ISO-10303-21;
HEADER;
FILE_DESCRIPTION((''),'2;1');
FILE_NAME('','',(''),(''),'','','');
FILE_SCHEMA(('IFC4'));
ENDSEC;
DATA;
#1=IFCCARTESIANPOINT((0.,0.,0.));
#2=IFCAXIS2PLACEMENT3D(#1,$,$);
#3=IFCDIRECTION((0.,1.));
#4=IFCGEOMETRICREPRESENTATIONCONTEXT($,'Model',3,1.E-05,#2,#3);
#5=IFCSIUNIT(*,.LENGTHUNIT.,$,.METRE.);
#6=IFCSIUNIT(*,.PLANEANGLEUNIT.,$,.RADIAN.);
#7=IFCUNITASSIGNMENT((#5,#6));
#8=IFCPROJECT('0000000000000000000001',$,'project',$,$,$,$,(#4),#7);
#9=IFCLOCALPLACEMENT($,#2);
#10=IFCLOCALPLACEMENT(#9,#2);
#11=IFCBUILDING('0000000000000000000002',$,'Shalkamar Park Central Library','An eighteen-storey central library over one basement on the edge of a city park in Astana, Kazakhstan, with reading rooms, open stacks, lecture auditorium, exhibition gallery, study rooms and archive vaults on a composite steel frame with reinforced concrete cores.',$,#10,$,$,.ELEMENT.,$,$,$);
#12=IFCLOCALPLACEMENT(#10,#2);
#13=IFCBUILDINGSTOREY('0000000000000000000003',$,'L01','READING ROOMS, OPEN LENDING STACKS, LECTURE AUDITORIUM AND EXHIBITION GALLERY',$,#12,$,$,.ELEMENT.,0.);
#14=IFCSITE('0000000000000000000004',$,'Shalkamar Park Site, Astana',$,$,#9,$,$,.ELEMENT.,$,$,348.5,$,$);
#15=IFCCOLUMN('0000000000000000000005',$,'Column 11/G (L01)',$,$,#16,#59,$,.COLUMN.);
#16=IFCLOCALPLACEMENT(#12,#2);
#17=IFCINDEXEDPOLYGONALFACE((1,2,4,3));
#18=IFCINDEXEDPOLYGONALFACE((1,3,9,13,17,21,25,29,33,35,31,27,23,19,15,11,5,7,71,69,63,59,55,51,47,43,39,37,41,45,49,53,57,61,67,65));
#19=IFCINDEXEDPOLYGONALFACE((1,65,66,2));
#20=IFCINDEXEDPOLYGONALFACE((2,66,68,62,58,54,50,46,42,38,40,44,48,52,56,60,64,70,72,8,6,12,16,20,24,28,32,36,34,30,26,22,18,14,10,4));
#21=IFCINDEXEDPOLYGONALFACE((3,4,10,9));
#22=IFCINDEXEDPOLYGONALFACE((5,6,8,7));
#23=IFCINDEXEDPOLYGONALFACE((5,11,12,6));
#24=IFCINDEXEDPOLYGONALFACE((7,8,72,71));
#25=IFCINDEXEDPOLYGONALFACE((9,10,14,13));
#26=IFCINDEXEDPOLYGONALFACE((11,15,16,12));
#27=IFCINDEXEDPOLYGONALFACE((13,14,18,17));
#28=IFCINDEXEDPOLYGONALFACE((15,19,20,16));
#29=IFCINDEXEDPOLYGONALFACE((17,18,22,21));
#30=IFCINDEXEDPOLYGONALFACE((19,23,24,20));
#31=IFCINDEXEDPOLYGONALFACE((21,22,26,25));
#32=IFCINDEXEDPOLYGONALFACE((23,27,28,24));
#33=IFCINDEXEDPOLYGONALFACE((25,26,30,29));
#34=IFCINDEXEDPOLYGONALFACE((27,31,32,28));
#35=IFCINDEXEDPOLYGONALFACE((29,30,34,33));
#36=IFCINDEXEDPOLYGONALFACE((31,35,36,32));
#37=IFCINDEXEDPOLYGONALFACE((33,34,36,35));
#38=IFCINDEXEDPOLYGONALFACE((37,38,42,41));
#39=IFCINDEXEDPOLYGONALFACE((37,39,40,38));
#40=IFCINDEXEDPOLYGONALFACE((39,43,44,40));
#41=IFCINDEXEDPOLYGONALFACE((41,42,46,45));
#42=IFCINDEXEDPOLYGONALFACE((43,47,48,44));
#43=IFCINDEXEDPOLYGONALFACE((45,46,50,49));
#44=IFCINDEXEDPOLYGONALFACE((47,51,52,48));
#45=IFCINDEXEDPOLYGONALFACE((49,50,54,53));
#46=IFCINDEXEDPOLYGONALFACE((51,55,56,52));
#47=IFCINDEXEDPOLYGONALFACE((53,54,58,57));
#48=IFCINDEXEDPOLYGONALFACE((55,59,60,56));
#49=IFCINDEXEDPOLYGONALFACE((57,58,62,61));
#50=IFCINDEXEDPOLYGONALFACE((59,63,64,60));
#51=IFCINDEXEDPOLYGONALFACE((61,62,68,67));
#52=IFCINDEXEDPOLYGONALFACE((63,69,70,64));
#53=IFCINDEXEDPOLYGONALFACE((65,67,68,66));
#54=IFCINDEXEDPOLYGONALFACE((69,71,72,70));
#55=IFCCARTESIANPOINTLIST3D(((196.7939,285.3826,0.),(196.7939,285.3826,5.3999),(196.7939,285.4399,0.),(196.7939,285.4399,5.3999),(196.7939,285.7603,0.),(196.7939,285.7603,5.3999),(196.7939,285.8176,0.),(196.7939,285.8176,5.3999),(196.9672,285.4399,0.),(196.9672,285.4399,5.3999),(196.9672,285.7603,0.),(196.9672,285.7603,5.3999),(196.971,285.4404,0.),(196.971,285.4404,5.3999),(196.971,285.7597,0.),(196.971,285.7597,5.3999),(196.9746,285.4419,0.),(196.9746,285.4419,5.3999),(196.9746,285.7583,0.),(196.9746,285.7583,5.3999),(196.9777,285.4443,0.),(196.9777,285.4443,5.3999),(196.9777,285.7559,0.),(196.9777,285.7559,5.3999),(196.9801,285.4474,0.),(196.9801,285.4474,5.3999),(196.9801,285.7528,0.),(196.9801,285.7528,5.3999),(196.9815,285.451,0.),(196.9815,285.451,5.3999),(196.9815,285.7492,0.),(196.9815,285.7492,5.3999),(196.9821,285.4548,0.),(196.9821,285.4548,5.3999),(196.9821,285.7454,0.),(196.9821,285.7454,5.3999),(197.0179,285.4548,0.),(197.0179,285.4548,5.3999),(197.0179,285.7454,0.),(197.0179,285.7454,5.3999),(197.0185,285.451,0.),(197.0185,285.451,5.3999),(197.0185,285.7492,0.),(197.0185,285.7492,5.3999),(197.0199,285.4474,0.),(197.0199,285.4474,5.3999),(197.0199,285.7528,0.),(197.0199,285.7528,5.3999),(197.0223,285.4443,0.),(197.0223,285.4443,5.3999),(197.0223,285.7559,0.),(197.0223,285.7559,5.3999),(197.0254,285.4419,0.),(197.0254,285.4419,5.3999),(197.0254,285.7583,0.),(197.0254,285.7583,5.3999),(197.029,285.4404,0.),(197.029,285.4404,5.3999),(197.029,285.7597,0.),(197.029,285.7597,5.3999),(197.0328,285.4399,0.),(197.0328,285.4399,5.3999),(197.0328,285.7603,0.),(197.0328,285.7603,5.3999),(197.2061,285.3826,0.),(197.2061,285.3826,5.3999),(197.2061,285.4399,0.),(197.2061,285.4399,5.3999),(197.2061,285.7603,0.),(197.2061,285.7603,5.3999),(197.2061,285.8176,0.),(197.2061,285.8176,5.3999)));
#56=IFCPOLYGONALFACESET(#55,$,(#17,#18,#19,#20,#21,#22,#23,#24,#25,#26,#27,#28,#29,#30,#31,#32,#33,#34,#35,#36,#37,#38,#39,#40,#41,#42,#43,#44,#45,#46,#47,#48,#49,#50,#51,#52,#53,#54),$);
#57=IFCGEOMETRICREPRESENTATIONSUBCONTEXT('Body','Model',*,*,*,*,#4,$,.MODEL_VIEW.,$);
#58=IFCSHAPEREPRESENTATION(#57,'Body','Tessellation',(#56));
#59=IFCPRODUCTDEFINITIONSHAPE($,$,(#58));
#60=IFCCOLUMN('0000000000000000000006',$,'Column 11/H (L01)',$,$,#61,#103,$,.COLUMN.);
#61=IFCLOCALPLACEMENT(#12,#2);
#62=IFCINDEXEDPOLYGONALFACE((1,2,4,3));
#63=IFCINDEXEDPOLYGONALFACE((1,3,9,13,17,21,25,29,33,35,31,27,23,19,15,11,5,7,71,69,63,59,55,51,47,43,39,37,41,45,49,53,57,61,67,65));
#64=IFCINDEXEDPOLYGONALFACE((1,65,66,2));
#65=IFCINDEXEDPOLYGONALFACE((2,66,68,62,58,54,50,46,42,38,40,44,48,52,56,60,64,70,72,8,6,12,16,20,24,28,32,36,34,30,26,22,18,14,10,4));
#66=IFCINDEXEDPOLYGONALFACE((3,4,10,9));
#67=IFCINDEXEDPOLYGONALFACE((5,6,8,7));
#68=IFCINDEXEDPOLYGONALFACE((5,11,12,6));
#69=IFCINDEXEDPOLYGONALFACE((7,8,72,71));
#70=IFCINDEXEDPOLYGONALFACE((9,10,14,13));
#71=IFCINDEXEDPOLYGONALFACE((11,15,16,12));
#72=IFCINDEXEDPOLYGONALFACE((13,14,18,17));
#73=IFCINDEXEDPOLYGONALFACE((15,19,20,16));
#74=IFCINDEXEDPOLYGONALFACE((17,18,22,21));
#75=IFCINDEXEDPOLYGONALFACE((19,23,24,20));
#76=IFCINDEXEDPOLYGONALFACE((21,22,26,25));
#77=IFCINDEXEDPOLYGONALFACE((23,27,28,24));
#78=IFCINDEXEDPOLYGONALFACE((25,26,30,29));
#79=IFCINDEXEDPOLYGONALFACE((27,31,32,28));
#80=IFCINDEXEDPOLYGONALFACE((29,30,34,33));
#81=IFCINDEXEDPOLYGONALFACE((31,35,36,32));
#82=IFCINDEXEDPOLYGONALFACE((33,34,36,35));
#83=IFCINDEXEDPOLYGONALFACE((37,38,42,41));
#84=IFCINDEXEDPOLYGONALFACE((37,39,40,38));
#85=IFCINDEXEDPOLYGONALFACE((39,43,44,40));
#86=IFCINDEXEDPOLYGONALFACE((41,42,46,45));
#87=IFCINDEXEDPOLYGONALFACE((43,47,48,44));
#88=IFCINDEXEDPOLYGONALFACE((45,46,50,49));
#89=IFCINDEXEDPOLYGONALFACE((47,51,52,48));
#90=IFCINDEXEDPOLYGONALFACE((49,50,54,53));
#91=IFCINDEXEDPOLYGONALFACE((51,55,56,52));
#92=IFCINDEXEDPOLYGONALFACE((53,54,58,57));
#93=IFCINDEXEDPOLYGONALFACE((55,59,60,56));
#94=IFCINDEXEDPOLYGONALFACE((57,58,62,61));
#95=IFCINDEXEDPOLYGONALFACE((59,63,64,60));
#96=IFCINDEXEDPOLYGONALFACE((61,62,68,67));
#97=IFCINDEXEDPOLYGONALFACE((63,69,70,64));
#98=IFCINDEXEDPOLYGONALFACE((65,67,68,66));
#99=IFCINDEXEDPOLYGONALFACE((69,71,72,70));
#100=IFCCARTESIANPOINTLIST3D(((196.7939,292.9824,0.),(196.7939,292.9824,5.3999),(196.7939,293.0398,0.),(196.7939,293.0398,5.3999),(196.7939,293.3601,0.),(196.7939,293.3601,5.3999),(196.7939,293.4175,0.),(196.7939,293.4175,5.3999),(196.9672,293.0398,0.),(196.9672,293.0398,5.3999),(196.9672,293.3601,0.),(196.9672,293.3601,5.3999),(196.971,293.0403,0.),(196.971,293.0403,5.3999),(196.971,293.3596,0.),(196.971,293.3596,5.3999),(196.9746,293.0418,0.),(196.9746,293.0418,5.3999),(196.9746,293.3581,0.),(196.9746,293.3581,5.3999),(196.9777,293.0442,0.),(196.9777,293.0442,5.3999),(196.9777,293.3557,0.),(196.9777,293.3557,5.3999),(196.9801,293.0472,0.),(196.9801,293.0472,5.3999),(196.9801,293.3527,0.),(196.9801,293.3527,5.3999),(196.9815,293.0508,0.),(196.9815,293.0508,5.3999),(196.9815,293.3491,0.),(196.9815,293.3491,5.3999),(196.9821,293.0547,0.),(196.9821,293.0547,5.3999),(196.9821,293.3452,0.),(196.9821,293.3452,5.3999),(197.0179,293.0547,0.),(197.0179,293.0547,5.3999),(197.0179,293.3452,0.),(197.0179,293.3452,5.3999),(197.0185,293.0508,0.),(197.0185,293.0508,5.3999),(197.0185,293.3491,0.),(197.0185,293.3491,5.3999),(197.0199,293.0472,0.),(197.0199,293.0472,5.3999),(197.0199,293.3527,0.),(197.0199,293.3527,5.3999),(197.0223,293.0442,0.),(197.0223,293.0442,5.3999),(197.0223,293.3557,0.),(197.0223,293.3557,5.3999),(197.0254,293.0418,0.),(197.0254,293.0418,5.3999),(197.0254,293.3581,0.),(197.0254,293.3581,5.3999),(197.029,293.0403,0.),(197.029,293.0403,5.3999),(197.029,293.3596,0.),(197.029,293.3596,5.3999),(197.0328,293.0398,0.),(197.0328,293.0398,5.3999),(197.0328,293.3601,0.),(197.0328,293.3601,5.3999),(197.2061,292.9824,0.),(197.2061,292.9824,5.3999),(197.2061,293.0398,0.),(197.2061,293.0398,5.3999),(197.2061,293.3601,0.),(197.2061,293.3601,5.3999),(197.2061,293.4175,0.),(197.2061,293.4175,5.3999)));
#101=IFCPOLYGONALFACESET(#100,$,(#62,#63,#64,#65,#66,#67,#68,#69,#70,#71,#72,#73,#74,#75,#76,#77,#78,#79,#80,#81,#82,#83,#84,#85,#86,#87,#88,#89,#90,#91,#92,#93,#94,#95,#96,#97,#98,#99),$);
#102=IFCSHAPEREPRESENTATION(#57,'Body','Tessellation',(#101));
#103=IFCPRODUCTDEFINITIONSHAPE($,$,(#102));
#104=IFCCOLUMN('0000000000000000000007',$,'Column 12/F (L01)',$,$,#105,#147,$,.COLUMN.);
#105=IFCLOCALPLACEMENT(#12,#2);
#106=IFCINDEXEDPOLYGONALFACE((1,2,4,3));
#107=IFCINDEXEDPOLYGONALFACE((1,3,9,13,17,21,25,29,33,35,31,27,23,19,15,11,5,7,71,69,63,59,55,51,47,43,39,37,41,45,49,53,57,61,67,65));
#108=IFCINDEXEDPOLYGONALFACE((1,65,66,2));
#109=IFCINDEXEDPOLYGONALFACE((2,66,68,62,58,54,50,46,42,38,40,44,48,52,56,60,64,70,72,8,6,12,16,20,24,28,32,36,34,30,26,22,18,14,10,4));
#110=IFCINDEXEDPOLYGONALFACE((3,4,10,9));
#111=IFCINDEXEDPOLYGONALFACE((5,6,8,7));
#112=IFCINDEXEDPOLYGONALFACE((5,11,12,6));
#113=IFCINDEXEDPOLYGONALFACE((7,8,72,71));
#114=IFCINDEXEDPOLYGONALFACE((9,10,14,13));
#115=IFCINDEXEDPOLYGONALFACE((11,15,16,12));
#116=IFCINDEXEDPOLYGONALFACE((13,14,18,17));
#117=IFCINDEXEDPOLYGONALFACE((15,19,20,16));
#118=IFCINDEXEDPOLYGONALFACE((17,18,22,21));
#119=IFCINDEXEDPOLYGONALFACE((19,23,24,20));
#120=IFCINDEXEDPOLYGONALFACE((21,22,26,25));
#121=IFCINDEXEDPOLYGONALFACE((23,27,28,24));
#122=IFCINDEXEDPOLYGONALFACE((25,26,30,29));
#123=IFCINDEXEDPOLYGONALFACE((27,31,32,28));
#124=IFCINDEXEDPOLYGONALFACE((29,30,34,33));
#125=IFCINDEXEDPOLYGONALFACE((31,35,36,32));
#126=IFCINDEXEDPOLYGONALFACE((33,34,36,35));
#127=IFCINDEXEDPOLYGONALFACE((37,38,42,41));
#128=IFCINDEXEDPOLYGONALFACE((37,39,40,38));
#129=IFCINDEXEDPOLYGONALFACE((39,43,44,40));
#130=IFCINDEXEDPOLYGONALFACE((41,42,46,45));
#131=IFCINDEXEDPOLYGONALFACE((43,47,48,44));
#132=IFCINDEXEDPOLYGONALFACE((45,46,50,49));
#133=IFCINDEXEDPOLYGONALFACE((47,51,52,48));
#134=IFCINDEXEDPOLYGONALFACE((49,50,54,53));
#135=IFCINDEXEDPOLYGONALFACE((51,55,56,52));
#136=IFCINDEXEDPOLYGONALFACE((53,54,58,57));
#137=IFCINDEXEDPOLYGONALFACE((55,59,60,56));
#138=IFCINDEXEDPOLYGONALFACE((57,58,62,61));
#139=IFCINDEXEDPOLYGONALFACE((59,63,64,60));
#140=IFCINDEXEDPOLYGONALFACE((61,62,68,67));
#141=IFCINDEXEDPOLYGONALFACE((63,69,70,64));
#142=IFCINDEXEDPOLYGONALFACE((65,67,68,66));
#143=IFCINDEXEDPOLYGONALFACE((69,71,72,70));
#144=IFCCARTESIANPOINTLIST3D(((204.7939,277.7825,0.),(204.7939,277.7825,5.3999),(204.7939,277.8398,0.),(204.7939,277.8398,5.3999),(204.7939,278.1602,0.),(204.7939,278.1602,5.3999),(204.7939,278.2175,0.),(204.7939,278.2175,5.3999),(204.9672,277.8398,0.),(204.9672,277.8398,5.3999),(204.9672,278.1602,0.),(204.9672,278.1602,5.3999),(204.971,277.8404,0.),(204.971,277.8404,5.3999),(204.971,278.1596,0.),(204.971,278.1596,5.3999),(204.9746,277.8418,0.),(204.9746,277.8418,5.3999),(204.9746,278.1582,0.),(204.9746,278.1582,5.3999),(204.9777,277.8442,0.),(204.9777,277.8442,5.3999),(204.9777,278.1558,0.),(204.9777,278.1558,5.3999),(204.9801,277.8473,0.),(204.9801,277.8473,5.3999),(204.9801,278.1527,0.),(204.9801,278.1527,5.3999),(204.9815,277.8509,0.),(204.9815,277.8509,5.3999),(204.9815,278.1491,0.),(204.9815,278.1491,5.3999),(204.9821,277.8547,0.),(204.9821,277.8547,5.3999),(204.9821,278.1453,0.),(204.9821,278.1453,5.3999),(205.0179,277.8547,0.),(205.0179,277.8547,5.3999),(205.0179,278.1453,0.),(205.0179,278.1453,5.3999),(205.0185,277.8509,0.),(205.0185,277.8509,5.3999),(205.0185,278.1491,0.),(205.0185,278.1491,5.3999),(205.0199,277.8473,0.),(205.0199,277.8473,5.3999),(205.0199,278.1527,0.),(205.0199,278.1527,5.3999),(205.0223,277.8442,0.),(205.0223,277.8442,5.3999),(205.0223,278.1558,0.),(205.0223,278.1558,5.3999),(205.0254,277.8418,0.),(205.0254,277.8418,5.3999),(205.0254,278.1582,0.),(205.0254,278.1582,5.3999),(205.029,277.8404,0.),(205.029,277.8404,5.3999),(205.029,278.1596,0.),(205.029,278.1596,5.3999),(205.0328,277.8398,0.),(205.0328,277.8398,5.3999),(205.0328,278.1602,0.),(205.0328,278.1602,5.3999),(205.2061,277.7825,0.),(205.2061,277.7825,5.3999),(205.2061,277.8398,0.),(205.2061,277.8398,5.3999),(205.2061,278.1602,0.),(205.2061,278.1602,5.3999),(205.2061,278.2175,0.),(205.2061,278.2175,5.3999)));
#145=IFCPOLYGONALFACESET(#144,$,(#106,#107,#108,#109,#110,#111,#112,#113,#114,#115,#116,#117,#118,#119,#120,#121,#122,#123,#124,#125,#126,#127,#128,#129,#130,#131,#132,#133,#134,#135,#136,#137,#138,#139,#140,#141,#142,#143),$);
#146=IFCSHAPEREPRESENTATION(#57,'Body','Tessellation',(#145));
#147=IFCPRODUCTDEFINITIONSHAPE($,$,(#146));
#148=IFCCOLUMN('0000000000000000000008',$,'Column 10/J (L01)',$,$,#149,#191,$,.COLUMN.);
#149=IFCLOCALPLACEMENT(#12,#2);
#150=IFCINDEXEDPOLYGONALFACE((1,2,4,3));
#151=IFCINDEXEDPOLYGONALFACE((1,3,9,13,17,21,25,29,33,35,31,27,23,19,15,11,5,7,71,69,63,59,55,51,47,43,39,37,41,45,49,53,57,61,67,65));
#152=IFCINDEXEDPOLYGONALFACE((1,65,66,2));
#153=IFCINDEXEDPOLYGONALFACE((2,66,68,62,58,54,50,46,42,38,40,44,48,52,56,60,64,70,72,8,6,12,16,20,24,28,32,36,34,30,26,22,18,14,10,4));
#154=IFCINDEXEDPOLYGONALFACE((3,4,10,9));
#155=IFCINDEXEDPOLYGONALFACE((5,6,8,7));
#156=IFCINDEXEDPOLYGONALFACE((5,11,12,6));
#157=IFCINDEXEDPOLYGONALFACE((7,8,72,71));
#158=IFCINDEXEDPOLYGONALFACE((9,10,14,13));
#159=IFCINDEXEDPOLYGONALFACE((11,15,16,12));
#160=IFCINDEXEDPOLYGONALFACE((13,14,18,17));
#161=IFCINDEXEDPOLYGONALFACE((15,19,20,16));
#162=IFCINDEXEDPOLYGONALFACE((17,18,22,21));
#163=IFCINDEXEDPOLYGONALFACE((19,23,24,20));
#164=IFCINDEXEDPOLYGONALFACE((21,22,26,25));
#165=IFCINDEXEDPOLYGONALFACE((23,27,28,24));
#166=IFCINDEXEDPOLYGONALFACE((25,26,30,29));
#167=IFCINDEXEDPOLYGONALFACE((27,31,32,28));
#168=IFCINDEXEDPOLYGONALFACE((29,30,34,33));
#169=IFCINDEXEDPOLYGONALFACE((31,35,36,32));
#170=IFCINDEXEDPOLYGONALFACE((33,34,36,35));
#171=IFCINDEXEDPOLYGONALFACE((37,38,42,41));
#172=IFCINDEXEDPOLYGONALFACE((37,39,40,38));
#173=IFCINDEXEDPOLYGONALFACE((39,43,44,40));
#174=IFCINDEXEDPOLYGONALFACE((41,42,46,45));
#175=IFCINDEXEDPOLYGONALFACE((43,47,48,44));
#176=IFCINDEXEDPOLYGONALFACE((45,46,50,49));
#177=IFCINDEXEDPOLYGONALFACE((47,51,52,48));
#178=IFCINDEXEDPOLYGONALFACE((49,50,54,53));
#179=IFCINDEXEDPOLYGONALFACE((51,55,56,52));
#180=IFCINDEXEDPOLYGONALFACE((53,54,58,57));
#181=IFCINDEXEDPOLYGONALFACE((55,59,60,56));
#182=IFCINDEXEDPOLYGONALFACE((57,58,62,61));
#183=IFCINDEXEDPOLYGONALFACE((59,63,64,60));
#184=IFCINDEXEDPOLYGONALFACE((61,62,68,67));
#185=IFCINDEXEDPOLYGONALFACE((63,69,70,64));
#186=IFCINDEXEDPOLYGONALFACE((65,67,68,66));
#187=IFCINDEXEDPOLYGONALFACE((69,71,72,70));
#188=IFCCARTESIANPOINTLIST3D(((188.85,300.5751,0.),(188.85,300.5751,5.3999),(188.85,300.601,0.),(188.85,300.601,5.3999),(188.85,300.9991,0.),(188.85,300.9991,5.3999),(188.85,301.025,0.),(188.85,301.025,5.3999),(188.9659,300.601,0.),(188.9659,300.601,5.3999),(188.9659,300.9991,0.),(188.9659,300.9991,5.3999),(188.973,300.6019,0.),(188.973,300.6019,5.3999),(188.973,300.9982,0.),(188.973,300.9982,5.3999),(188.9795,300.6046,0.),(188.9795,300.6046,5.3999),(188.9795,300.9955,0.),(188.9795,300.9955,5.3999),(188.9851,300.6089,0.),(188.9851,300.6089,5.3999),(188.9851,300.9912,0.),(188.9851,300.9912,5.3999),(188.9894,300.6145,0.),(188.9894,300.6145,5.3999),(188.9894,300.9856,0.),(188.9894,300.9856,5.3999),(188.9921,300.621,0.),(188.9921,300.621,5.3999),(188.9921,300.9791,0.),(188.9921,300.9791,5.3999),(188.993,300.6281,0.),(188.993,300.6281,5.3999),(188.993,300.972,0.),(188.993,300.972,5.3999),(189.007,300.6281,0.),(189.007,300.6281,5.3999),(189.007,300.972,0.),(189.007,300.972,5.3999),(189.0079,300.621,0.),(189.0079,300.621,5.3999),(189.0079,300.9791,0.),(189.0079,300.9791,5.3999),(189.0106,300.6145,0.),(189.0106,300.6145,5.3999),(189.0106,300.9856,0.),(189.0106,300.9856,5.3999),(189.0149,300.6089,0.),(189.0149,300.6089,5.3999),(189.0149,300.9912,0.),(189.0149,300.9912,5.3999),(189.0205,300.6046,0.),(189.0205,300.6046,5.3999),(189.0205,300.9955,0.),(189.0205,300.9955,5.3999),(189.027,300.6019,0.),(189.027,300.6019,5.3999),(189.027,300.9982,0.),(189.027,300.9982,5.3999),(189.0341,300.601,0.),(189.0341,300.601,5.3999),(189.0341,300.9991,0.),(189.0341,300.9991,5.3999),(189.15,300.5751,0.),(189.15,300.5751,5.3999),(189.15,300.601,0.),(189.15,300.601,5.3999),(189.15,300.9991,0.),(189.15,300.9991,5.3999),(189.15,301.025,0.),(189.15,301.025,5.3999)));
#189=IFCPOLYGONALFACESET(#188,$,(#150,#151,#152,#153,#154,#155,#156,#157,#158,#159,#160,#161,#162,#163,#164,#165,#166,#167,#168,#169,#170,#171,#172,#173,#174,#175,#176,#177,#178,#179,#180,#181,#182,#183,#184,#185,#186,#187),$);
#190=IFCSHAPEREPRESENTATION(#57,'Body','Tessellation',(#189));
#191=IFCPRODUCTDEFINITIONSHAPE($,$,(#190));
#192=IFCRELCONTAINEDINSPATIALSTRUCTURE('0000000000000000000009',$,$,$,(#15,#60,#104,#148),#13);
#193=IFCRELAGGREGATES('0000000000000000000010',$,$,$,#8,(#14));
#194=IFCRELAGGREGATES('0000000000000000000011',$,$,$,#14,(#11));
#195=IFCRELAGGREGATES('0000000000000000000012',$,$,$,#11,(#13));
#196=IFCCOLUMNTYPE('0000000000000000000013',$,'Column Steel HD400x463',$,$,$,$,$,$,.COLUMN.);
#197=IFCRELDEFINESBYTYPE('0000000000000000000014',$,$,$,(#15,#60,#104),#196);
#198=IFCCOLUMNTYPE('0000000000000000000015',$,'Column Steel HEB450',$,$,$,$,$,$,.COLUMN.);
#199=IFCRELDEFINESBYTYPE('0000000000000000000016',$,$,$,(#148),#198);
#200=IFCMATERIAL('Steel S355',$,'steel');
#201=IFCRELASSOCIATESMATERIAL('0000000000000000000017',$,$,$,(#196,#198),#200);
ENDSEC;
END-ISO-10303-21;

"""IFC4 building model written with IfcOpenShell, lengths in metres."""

from ifc_helpers import new_model, si_unit, direction, frame, origin, origin_2d, place, context, subcontext, project, spatial, i_section, extrude, material, material_profile, profile_set, type_object, element, save


model = new_model("IFC4")

# Units and contexts
model_context = context("Model", 3, precision=1e-05, world=origin(), true_north=direction((0.0, 1.0)))
body_context = subcontext(model_context, "Body", "Model", "MODEL_VIEW")
ifc_project = project(units=[si_unit("LENGTHUNIT", "METRE"), si_unit("PLANEANGLEUNIT", "RADIAN")], contexts=[model_context])

# Site, building, storey
site_placement = place(None, origin())
site = spatial("IfcSite", under=ifc_project, at=site_placement, Name="Shalkamar Park Site, Astana", CompositionType="ELEMENT", RefElevation=348.5)
building_placement = place(site_placement, origin())
building = spatial("IfcBuilding", under=site, at=building_placement, Name="Shalkamar Park Central Library", Description="An eighteen-storey central library over one basement on the edge of a city park in Astana, Kazakhstan, with reading rooms, open stacks, lecture auditorium, exhibition gallery, study rooms and archive vaults on a composite steel frame with reinforced concrete cores.", CompositionType="ELEMENT")
storey_placement = place(building_placement, origin())
storey = spatial("IfcBuildingStorey", under=building, at=storey_placement, Name="L01", Description="READING ROOMS, OPEN LENDING STACKS, LECTURE AUDITORIUM AND EXHIBITION GALLERY", CompositionType="ELEMENT", Elevation=0.0)

# Columns
ifc_material = material(Name="Steel S355", Category="steel")
ifc_material_profile_1 = material_profile(ifc_material, i_section(OverallWidth=0.4121, OverallDepth=0.4351, WebThickness=0.0359, FlangeThickness=0.0574, FilletRadius=0.0149, at=origin_2d()), Name="HD 400x463")
ifc_profile_set_1 = profile_set([ifc_material_profile_1], Name="Steel S355")
column_type_1 = type_object("IfcColumnType", Name="Column Steel HD400x463", PredefinedType="COLUMN", material=ifc_profile_set_1)
for number, where, z_axis, x_axis, name in (
    (1, (197.0, 285.6001, 0.0), (0.0, 0.0, 1.0), (1.0, 0.0, 0.0), "Column 11/G (L01)"),
    (2, (197.0, 293.2, 0.0), (0.0, 0.0, 1.0), (1.0, 0.0, 0.0), "Column 11/H (L01)"),
    (3, (205.0, 278.0, 0.0), (0.0, 0.0, 1.0), (1.0, 0.0, 0.0), "Column 12/F (L01)"),
):
    element("IfcColumn", number, at=place(storey_placement, frame(where, z_axis=z_axis, x_axis=x_axis)), inside=storey, type_object=column_type_1, Name=name, PredefinedType="COLUMN", context=body_context, shape_type="SweptSolid", body=[
        extrude(i_section(OverallWidth=0.4121, OverallDepth=0.4351, WebThickness=0.0359, FlangeThickness=0.0574, FilletRadius=0.0149, at=origin_2d()), origin(), (0.0, 0.0, 1.0), 5.3999),
    ])
ifc_material_profile_2 = material_profile(ifc_material, i_section(OverallWidth=0.3, OverallDepth=0.45, WebThickness=0.0139, FlangeThickness=0.0259, FilletRadius=0.0271, at=origin_2d()), Name="HEB 450")
ifc_profile_set_2 = profile_set([ifc_material_profile_2], Name="Steel S355")
column_type_2 = type_object("IfcColumnType", Name="Column Steel HEB450", PredefinedType="COLUMN", material=ifc_profile_set_2)
column_placement = place(storey_placement, frame((189.0, 300.8, 0.0), z_axis=(0.0, 0.0, 1.0), x_axis=(1.0, 0.0, 0.0)))
element("IfcColumn", 4, at=column_placement, inside=storey, type_object=column_type_2, Name="Column 10/J (L01)", PredefinedType="COLUMN", context=body_context, shape_type="SweptSolid", body=[
    extrude(i_section(OverallWidth=0.3, OverallDepth=0.45, WebThickness=0.0139, FlangeThickness=0.0259, FilletRadius=0.0271, at=origin_2d()), origin(), (0.0, 0.0, 1.0), 5.3999),
])

save(model, "model.ifc")
